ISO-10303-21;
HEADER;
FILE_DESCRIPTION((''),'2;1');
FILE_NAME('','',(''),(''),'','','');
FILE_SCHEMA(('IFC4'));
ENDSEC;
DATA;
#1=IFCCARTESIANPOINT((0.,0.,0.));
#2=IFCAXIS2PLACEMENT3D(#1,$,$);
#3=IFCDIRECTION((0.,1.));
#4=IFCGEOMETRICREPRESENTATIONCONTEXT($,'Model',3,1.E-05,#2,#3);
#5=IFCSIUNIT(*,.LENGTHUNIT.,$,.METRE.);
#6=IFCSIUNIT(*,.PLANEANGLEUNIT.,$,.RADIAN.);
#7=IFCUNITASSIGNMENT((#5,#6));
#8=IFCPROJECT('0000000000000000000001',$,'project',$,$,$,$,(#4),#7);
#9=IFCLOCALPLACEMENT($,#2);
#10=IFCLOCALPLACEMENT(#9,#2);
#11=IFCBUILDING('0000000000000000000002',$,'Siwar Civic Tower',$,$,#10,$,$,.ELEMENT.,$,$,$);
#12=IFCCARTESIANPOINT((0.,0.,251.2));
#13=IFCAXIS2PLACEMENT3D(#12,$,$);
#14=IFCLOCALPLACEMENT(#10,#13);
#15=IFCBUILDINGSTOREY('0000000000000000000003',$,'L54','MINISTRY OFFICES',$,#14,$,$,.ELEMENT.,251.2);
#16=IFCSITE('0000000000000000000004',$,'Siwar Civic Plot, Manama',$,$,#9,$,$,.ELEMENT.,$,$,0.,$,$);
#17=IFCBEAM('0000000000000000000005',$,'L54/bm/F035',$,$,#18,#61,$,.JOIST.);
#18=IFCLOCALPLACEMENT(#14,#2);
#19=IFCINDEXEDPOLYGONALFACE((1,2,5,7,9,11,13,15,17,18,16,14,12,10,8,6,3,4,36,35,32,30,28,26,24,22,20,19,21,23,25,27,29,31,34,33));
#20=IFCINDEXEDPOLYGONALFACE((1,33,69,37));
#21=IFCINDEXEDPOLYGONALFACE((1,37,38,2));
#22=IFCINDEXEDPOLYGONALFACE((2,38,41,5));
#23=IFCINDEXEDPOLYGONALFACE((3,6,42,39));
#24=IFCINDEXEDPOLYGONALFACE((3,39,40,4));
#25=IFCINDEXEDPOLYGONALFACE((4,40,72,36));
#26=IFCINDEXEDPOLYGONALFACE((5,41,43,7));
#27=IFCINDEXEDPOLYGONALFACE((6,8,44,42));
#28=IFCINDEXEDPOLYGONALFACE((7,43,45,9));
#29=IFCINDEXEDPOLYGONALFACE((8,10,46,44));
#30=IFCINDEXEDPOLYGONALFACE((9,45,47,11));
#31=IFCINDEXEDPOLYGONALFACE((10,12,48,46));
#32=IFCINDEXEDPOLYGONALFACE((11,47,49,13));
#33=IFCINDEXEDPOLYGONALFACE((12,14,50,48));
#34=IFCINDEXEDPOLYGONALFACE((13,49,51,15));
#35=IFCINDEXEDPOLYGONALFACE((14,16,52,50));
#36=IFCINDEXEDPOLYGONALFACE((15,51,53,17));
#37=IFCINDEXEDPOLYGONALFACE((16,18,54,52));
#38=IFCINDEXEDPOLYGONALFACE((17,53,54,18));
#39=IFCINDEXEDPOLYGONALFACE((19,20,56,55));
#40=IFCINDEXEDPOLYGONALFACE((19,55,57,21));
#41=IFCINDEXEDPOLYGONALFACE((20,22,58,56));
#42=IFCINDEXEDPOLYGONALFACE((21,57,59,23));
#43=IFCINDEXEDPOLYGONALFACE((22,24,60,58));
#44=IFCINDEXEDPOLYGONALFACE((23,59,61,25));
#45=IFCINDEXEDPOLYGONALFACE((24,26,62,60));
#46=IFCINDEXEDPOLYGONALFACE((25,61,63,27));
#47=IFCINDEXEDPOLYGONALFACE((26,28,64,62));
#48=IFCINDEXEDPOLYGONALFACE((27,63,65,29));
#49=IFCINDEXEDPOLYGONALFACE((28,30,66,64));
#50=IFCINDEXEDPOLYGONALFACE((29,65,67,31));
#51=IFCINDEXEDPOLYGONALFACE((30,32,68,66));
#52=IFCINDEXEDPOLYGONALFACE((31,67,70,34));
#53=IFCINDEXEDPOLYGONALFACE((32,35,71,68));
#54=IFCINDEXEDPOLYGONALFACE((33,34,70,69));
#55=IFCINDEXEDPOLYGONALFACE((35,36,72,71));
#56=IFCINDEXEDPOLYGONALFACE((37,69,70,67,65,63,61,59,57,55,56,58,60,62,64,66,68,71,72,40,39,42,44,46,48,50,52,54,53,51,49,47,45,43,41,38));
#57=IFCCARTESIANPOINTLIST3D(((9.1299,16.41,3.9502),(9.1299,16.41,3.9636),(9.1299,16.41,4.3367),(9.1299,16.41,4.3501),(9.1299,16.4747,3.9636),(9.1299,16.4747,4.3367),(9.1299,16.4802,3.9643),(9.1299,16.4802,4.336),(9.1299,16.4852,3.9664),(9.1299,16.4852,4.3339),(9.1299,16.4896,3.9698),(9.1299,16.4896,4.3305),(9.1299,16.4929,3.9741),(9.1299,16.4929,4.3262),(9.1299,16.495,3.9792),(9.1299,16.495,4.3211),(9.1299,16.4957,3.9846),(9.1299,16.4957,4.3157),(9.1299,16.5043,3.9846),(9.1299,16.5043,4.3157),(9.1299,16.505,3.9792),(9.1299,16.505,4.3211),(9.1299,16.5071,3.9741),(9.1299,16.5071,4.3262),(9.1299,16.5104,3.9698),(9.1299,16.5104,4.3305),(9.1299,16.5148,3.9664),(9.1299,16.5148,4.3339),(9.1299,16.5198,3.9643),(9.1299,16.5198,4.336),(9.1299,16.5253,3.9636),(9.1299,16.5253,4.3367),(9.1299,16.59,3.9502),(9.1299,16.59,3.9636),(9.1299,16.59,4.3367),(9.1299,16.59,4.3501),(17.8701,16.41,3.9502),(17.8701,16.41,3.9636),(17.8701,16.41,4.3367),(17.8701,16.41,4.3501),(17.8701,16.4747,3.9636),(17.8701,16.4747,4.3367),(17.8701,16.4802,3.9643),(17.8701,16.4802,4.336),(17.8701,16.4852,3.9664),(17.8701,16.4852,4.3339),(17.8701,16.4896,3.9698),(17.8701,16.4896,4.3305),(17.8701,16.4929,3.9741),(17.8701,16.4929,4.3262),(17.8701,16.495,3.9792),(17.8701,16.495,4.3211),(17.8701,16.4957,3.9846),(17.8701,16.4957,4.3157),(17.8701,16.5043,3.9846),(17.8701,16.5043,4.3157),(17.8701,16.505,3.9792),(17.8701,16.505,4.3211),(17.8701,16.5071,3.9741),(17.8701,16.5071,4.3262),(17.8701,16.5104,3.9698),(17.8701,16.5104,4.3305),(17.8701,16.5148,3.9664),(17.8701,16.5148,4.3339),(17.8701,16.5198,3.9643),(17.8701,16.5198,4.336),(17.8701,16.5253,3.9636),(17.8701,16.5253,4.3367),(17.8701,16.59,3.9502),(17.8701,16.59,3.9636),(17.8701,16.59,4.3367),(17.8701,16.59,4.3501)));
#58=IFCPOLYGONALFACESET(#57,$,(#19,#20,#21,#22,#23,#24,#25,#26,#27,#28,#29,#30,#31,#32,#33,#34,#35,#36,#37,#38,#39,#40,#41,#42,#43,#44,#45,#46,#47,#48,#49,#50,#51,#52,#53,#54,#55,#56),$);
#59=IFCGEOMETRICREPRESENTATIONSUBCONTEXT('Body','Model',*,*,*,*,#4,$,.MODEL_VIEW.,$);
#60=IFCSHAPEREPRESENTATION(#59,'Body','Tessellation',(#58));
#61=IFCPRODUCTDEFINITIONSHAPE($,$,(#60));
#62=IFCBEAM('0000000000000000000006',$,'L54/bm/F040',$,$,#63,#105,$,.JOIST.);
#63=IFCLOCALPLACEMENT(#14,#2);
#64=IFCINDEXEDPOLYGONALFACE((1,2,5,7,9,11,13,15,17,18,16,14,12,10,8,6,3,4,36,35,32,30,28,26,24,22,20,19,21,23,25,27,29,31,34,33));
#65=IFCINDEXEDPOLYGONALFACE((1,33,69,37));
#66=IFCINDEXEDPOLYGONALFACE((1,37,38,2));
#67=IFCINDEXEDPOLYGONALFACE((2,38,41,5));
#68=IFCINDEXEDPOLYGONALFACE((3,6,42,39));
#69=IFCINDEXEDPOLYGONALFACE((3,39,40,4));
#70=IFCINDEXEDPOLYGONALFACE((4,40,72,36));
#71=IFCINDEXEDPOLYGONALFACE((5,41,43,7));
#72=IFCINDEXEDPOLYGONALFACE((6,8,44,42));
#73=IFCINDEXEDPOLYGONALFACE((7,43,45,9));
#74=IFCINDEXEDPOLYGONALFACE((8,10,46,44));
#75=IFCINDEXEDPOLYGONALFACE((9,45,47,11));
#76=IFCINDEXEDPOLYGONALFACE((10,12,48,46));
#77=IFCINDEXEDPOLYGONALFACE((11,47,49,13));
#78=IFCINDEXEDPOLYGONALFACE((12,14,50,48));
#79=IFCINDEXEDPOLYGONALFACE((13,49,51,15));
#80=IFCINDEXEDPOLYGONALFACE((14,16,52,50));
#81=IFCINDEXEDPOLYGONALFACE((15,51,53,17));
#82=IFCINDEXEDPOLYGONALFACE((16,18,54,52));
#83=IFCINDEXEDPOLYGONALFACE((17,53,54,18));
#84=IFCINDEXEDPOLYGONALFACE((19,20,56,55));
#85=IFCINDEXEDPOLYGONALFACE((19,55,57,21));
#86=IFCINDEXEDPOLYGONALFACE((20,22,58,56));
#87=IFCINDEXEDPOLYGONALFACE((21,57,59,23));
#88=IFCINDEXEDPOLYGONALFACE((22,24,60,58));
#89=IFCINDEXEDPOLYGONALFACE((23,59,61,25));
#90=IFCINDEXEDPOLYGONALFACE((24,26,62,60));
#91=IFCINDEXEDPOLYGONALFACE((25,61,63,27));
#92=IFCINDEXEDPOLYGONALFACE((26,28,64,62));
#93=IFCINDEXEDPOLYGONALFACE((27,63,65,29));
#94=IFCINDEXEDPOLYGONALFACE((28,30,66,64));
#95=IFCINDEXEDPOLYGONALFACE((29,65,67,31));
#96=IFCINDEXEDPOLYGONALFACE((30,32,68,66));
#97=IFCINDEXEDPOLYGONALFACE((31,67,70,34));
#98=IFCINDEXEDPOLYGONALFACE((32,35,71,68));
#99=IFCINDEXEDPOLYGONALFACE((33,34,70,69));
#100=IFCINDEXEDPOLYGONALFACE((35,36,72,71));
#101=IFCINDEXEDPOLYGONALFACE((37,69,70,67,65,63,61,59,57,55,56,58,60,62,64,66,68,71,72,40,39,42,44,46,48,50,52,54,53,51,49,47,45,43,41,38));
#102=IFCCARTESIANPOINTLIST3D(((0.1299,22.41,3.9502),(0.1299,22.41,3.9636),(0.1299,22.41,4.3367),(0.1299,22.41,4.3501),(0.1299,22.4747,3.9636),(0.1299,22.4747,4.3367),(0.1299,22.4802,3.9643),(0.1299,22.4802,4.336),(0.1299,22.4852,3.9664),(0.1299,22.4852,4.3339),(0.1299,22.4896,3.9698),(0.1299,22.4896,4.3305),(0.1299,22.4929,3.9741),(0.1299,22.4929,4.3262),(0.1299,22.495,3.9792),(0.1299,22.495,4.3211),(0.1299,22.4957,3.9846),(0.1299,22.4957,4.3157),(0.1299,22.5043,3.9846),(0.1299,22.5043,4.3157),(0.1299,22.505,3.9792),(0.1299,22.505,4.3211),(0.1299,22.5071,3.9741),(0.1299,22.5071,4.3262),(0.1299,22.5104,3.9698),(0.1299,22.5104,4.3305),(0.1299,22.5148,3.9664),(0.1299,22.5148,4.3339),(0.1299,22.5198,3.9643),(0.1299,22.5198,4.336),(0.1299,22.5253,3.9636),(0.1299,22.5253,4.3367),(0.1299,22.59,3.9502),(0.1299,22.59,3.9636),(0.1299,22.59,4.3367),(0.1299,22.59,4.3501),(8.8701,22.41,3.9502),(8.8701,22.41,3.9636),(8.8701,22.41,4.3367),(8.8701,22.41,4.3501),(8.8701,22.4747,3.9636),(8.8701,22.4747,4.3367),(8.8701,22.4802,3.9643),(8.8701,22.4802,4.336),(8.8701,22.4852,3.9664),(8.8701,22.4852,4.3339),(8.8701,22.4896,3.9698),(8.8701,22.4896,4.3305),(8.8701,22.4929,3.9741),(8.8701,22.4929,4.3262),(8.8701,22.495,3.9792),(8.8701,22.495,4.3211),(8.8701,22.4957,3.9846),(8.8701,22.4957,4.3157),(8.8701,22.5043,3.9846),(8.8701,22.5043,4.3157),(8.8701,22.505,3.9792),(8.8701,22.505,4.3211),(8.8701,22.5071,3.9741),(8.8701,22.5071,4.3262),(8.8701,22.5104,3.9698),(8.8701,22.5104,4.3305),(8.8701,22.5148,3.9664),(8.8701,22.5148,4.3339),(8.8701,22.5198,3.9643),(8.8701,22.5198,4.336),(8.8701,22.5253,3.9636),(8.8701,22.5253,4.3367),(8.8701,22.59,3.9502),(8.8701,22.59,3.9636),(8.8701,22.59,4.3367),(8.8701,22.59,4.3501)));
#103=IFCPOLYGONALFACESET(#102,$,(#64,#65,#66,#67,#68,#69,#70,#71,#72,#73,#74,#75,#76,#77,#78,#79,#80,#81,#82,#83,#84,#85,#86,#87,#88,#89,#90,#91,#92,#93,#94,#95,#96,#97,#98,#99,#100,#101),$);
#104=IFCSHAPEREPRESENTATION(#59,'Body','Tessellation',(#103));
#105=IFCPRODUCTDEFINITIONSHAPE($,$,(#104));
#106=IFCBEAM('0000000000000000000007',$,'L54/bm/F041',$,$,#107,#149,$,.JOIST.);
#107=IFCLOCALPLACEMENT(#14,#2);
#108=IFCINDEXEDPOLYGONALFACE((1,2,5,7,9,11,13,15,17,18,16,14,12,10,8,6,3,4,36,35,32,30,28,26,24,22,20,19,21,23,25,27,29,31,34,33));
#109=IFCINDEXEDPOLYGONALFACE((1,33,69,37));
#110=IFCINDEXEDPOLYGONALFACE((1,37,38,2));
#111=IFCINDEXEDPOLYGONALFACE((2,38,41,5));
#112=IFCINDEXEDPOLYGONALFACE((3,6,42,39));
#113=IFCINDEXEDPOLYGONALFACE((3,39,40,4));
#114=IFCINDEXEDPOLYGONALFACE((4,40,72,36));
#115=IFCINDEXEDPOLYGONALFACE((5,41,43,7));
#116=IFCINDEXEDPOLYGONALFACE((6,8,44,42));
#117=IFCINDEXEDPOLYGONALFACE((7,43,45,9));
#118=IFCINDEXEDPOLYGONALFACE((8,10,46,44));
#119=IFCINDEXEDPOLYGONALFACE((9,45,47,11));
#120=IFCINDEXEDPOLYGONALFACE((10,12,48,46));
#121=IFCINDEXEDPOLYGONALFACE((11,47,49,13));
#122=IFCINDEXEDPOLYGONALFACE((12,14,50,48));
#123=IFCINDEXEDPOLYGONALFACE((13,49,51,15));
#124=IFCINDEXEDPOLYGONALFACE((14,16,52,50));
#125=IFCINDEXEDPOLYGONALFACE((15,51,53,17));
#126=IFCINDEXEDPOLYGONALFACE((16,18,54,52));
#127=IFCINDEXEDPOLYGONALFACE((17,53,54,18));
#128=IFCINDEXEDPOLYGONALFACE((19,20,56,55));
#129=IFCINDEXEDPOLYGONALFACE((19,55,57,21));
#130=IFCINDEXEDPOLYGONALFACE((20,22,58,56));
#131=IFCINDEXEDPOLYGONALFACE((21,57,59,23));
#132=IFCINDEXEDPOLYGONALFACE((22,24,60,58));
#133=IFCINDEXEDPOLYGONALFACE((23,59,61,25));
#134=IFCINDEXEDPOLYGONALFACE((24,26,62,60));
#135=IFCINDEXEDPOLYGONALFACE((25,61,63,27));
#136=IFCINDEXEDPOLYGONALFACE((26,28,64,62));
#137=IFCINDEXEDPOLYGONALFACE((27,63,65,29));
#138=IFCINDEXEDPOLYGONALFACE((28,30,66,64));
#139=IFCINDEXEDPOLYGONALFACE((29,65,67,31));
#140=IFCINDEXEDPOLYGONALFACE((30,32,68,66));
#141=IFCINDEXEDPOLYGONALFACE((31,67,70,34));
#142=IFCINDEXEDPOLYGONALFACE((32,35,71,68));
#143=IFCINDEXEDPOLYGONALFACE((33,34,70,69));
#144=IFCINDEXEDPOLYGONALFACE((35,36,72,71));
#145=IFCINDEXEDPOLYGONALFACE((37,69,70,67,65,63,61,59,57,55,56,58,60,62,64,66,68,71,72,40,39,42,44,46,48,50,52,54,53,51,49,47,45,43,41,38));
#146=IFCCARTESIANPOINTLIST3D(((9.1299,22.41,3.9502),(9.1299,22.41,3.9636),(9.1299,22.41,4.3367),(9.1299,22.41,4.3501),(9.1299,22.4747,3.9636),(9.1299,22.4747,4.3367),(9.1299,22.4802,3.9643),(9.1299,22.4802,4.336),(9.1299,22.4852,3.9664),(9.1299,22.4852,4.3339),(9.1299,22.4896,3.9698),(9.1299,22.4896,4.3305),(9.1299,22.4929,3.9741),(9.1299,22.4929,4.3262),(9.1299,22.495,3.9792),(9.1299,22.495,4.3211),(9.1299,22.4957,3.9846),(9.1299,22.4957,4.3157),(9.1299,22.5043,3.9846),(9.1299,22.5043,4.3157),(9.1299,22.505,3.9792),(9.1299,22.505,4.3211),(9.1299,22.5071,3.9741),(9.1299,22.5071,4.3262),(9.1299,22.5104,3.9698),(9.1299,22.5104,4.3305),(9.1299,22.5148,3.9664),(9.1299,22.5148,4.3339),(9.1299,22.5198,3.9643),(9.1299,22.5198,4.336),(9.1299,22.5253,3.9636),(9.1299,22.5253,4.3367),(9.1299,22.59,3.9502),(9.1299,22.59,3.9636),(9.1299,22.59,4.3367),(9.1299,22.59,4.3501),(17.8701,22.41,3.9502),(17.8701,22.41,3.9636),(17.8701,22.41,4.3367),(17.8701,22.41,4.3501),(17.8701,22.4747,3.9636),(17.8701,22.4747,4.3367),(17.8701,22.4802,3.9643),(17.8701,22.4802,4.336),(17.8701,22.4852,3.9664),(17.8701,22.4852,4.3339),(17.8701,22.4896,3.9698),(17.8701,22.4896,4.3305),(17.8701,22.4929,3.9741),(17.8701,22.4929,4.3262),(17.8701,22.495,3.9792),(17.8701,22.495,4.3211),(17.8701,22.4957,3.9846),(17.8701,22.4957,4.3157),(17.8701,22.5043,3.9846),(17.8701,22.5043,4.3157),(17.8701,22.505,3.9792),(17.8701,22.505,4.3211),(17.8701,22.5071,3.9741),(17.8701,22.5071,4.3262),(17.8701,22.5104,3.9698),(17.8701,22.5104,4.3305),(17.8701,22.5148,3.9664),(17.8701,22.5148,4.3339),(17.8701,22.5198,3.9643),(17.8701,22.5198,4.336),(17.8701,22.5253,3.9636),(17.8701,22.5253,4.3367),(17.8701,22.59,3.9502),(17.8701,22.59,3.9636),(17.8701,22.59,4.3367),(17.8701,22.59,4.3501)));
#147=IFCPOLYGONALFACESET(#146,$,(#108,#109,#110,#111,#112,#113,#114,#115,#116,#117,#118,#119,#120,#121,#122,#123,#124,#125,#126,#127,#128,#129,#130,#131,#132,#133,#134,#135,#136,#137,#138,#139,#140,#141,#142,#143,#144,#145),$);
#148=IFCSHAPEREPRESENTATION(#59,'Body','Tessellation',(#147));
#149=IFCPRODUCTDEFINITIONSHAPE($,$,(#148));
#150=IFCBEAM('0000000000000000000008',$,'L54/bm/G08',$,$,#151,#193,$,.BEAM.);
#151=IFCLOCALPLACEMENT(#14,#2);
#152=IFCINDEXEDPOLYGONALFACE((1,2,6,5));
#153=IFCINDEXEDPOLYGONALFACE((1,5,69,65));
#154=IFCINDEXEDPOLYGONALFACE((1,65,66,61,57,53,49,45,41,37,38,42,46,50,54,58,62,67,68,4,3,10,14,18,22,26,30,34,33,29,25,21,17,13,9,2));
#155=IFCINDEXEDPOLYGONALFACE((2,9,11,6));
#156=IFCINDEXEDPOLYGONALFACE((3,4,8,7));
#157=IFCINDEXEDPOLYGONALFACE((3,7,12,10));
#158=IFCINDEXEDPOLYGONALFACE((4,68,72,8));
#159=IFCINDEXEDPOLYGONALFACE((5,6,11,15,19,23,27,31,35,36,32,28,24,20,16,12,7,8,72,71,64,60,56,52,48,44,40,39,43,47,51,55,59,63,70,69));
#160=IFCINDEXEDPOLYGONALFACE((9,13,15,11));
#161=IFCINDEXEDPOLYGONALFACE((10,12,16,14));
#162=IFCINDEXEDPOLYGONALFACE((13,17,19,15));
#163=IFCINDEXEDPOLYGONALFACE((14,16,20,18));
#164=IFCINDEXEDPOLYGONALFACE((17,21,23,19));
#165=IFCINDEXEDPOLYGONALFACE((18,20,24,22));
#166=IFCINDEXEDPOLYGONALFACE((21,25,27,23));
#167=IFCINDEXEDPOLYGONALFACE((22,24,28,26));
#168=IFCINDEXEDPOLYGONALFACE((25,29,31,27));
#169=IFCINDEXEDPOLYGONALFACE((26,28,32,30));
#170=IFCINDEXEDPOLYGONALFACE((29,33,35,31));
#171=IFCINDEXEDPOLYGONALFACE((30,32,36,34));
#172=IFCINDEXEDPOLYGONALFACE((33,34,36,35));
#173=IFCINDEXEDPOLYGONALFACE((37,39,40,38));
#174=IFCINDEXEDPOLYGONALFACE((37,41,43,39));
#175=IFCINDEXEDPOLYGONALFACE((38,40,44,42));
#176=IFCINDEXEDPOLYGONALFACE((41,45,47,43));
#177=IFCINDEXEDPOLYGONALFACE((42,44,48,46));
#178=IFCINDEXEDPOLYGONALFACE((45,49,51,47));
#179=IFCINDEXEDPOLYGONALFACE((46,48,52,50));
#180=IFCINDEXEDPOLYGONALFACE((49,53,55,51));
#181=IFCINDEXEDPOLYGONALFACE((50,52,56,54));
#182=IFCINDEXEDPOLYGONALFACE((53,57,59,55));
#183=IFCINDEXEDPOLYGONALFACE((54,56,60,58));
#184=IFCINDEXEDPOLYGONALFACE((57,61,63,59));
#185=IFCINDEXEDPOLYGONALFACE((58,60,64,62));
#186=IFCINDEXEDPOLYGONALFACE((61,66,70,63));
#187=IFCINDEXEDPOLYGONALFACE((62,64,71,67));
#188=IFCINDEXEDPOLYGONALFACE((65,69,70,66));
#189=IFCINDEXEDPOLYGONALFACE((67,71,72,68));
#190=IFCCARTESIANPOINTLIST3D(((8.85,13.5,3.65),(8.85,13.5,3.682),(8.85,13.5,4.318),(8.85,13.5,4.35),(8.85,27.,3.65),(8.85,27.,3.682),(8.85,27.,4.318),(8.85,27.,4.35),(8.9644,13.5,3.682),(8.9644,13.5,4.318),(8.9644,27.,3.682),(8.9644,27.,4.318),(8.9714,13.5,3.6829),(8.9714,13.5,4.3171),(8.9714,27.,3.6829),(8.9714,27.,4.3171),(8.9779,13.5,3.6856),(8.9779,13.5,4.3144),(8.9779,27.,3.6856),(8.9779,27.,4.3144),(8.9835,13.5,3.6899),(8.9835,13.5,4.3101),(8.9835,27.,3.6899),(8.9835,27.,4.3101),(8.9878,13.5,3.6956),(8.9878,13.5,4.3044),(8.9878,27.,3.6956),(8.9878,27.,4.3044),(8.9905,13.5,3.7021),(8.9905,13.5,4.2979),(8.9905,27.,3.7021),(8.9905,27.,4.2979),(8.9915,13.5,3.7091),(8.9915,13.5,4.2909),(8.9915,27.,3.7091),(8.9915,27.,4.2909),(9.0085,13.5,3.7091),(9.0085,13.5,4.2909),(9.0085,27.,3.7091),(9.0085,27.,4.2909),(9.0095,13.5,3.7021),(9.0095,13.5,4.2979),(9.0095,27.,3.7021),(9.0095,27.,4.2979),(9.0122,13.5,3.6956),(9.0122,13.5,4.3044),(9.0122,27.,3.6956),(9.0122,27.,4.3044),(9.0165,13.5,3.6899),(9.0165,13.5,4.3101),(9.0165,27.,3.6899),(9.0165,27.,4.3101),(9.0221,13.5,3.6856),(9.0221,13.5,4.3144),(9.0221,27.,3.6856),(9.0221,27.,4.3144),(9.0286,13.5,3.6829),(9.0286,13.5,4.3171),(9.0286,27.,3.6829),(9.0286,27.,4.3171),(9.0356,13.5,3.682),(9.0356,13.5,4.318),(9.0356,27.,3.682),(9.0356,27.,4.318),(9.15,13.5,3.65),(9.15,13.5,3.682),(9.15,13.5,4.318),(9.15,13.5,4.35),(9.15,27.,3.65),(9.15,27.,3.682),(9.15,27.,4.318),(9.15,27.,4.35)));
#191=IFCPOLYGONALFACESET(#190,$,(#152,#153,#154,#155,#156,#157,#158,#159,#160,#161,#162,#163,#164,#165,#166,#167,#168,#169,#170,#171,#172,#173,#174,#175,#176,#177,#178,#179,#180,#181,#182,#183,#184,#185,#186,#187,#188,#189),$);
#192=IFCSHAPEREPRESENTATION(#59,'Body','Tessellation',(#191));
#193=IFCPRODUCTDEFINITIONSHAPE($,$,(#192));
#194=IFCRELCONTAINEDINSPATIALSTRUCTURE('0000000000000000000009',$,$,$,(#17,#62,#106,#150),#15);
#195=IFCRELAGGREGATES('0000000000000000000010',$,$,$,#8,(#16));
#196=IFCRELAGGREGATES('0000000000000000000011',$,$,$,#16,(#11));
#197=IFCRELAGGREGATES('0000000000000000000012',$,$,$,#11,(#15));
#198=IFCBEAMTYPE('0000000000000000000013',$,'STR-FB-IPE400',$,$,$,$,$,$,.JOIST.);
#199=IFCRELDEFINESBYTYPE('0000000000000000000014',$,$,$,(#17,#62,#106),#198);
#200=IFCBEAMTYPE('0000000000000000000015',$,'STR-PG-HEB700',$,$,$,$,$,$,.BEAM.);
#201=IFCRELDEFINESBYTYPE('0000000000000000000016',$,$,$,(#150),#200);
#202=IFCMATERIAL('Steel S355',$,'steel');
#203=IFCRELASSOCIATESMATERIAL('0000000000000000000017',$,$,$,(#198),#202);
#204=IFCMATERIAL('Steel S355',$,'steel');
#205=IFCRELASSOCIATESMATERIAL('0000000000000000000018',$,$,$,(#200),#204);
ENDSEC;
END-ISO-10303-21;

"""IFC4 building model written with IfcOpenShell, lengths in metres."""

from ifc_helpers import new_model, si_unit, direction, frame, origin, origin_2d, place, context, subcontext, project, spatial, i_section, extrude, material, material_profile, profile_set, type_object, element, save


model = new_model("IFC4")

# Units and contexts
model_context = context("Model", 3, precision=1e-05, world=origin(), true_north=direction((0.0, 1.0)))
body_context = subcontext(model_context, "Body", "Model", "MODEL_VIEW")
ifc_project = project(units=[si_unit("LENGTHUNIT", "METRE"), si_unit("PLANEANGLEUNIT", "RADIAN")], contexts=[model_context])

# Site, building, storey
site_placement = place(None, origin())
site = spatial("IfcSite", under=ifc_project, at=site_placement, Name="Siwar Civic Plot, Manama", CompositionType="ELEMENT", RefElevation=0.0)
building_placement = place(site_placement, origin())
building = spatial("IfcBuilding", under=site, at=building_placement, Name="Siwar Civic Tower", CompositionType="ELEMENT")
storey_placement = place(building_placement, frame((0.0, 0.0, 251.2)))
storey = spatial("IfcBuildingStorey", under=building, at=storey_placement, Name="L54", Description="MINISTRY OFFICES", CompositionType="ELEMENT", Elevation=251.2)

# Beams
ifc_material_1 = material(Name="Steel S355", Category="steel")
ifc_material_profile_1 = material_profile(ifc_material_1, i_section(OverallWidth=0.1799, OverallDepth=0.3999, WebThickness=0.0085, FlangeThickness=0.0134, FilletRadius=0.021, at=origin_2d()), Name="IPE400")
ifc_profile_set_1 = profile_set([ifc_material_profile_1], Name="Steel S355")
beam_type_1 = type_object("IfcBeamType", Name="STR-FB-IPE400", PredefinedType="JOIST", material=ifc_profile_set_1)
for number, where, z_axis, x_axis, name in (
    (1, (9.1299, 16.5, 4.1501), (1.0, 0.0, 0.0), (0.0, 1.0, 0.0), "L54/bm/F035"),
    (2, (0.1299, 22.5, 4.1501), (1.0, 0.0, 0.0), (0.0, 1.0, 0.0), "L54/bm/F040"),
    (3, (9.1299, 22.5, 4.1501), (1.0, 0.0, 0.0), (0.0, 1.0, 0.0), "L54/bm/F041"),
):
    element("IfcBeam", number, at=place(storey_placement, frame(where, z_axis=z_axis, x_axis=x_axis)), inside=storey, type_object=beam_type_1, Name=name, PredefinedType="JOIST", context=body_context, shape_type="SweptSolid", body=[
        extrude(i_section(OverallWidth=0.1799, OverallDepth=0.3999, WebThickness=0.0085, FlangeThickness=0.0134, FilletRadius=0.021, at=origin_2d()), origin(), (0.0, 0.0, 1.0), 8.7402),
    ])
ifc_material_2 = material(Name="Steel S355", Category="steel")
ifc_material_profile_2 = material_profile(ifc_material_2, i_section(OverallWidth=0.3, OverallDepth=0.7, WebThickness=0.0171, FlangeThickness=0.032, FilletRadius=0.0271, at=origin_2d()), Name="HEB700")
ifc_profile_set_2 = profile_set([ifc_material_profile_2], Name="Steel S355")
beam_type_2 = type_object("IfcBeamType", Name="STR-PG-HEB700", PredefinedType="BEAM", material=ifc_profile_set_2)
beam_1_placement = place(storey_placement, frame((9.0, 13.5, 4.0), z_axis=(0.0, 1.0, 0.0), x_axis=(-1.0, 0.0, 0.0)))
element("IfcBeam", 4, at=beam_1_placement, inside=storey, type_object=beam_type_2, Name="L54/bm/G08", PredefinedType="BEAM", context=body_context, shape_type="SweptSolid", body=[
    extrude(i_section(OverallWidth=0.3, OverallDepth=0.7, WebThickness=0.0171, FlangeThickness=0.032, FilletRadius=0.0271, at=origin_2d()), origin(), (0.0, 0.0, 1.0), 13.5),
])

save(model, "model.ifc")
